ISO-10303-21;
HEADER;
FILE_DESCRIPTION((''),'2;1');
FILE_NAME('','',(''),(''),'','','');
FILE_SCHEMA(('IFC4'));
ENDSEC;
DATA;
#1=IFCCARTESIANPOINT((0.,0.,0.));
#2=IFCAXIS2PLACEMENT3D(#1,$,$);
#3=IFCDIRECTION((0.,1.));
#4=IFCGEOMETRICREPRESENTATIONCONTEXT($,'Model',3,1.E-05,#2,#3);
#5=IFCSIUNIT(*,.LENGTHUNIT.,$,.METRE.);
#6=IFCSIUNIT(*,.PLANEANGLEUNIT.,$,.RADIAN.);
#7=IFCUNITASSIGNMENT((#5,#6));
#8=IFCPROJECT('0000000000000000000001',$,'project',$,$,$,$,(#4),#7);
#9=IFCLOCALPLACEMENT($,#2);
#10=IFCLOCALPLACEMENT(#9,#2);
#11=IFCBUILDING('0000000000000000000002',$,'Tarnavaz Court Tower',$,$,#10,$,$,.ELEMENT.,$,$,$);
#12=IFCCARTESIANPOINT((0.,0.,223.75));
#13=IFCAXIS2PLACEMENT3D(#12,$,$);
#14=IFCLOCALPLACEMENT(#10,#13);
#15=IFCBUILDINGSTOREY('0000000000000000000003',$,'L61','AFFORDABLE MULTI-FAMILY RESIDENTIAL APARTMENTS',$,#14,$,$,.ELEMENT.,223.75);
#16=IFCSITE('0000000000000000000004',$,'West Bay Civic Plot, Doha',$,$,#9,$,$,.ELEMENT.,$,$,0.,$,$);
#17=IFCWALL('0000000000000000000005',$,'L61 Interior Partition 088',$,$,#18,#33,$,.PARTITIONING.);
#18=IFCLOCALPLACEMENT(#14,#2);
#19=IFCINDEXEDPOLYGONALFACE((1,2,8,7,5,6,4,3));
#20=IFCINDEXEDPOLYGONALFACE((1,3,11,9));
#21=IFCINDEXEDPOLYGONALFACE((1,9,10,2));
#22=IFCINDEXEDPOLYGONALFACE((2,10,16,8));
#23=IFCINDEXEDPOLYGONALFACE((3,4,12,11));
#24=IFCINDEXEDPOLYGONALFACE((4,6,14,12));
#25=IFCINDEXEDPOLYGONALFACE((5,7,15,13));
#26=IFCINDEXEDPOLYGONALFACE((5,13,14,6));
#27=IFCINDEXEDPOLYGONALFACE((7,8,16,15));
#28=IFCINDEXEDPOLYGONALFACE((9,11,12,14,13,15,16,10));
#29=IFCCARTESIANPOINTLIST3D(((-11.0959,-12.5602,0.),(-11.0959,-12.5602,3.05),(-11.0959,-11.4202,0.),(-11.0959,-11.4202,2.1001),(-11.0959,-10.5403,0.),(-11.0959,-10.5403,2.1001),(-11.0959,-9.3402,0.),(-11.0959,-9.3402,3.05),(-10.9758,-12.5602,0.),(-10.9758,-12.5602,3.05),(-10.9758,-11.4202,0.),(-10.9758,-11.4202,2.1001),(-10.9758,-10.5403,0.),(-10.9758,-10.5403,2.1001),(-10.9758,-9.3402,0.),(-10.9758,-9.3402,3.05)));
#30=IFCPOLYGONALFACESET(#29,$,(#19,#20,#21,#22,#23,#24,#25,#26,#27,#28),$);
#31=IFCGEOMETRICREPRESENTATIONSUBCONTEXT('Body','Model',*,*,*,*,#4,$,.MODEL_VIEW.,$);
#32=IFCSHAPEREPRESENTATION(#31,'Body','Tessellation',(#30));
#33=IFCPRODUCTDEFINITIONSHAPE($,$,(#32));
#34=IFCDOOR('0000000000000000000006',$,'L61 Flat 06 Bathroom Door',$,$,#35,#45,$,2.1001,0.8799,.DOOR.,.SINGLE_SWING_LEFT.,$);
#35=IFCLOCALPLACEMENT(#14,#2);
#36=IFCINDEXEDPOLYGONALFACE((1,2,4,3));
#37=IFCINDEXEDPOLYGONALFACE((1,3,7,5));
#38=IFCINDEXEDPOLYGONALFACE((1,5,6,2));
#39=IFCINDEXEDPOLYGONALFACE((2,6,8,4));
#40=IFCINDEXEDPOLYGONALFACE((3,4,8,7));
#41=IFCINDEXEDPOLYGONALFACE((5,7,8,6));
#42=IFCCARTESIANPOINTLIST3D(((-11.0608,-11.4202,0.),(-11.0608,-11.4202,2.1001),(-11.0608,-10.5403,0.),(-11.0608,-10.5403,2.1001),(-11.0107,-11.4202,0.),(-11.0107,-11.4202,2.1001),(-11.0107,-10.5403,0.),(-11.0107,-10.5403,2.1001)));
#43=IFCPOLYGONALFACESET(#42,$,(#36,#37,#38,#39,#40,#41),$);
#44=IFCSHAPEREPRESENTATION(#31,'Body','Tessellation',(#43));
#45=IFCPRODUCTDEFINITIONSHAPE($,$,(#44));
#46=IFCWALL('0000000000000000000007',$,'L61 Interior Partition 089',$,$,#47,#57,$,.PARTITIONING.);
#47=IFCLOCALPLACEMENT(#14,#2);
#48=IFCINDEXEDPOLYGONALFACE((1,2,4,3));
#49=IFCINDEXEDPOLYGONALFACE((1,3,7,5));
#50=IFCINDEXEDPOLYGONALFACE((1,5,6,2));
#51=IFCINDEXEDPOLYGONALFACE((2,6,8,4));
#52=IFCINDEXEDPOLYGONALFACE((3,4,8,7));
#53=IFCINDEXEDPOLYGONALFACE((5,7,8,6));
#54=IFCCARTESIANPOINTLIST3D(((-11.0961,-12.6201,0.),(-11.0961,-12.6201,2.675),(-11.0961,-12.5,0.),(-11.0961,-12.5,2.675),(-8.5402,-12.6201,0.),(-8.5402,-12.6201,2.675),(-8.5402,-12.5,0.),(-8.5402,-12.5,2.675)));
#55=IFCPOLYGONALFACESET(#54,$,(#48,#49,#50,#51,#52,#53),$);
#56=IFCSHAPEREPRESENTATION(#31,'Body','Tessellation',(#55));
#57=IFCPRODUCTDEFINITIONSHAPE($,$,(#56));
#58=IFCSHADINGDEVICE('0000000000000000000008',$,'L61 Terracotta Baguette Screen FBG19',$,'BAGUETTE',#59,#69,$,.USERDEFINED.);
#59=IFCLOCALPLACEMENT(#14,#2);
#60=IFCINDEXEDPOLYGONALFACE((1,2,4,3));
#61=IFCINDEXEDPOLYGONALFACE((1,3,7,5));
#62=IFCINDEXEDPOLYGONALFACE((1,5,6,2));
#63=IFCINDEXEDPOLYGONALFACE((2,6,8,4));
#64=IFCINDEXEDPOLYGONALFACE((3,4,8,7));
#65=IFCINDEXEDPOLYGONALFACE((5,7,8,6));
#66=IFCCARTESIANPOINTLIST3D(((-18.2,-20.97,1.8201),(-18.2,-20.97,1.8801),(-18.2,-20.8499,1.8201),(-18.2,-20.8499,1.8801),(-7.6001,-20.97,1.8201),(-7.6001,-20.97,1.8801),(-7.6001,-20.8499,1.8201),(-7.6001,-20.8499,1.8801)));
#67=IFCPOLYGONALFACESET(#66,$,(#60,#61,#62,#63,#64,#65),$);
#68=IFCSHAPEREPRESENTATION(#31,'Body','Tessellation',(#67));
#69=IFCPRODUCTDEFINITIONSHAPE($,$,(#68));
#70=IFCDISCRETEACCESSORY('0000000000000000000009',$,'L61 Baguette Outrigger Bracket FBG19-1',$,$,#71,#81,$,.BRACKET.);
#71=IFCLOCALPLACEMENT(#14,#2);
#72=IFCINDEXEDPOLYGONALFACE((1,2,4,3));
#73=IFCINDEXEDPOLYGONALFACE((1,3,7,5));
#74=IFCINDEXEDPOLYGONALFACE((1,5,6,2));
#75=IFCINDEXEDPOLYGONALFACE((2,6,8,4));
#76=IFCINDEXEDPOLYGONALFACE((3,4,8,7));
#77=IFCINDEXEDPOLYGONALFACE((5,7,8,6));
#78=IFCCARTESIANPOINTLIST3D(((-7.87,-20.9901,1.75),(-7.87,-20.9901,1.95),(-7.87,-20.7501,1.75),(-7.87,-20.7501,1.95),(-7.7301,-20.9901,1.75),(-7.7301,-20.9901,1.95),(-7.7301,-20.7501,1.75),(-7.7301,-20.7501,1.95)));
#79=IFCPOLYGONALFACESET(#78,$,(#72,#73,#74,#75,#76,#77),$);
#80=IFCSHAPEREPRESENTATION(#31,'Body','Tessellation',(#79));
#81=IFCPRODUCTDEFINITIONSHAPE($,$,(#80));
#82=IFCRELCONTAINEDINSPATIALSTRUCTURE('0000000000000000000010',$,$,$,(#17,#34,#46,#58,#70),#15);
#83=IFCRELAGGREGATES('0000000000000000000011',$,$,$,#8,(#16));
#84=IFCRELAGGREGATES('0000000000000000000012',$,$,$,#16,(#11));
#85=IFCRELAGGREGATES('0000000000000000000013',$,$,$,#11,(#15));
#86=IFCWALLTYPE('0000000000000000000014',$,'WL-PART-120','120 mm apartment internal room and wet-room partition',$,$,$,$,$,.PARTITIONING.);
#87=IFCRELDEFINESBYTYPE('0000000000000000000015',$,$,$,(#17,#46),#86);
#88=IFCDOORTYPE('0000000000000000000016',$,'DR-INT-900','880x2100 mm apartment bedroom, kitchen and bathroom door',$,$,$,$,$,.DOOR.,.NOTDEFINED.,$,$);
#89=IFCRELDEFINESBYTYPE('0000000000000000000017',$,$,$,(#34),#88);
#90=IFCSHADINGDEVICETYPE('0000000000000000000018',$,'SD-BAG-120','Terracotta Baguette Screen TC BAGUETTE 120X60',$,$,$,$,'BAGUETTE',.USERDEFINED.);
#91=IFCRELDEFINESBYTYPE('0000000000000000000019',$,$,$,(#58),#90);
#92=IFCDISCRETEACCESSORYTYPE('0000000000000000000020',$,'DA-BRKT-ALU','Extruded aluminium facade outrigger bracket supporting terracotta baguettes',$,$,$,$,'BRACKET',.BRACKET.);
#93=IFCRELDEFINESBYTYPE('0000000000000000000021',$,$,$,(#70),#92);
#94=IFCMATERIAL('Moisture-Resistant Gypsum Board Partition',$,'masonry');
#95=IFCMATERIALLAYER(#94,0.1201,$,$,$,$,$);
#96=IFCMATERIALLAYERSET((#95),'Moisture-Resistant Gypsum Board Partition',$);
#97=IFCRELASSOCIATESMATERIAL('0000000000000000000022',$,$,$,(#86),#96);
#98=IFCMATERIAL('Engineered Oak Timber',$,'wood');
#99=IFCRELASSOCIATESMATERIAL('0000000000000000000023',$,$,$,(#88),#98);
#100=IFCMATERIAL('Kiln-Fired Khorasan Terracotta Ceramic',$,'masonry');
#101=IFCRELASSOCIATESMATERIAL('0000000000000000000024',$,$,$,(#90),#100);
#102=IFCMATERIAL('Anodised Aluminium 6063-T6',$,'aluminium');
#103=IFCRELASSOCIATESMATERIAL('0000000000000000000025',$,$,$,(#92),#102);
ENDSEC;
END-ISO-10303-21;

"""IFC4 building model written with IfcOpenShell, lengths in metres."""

from ifc_helpers import new_model, si_unit, direction, frame, frame_2d, origin, origin_2d, place, context, subcontext, project, spatial, rectangle, extrude, material, layer, layer_set, material_profile, profile_set, type_object, element, fill, save


model = new_model("IFC4")

# Units and contexts
model_context = context("Model", 3, precision=1e-05, world=origin(), true_north=direction((0.0, 1.0)))
body_context = subcontext(model_context, "Body", "Model", "MODEL_VIEW")
ifc_project = project(units=[si_unit("LENGTHUNIT", "METRE"), si_unit("PLANEANGLEUNIT", "RADIAN")], contexts=[model_context])

# Site, building, storey
site_placement = place(None, origin())
site = spatial("IfcSite", under=ifc_project, at=site_placement, Name="West Bay Civic Plot, Doha", CompositionType="ELEMENT", RefElevation=0.0)
building_placement = place(site_placement, origin())
building = spatial("IfcBuilding", under=site, at=building_placement, Name="Tarnavaz Court Tower", CompositionType="ELEMENT")
storey_placement = place(building_placement, frame((0.0, 0.0, 223.75)))
storey = spatial("IfcBuildingStorey", under=building, at=storey_placement, Name="L61", Description="AFFORDABLE MULTI-FAMILY RESIDENTIAL APARTMENTS", CompositionType="ELEMENT", Elevation=223.75)

# Wall, opening, door
ifc_material_1 = material(Name="Moisture-Resistant Gypsum Board Partition", Category="masonry")
ifc_layer_1 = layer(ifc_material_1, 0.1201)
ifc_layer_set_1 = layer_set([ifc_layer_1], Name="Moisture-Resistant Gypsum Board Partition")
wall_type_1 = type_object("IfcWallType", Name="WL-PART-120", Description="120 mm apartment internal room and wet-room partition", PredefinedType="PARTITIONING", material=ifc_layer_set_1)
ifc_material_2 = material(Name="Engineered Oak Timber", Category="wood")
door_type = type_object("IfcDoorType", Name="DR-INT-900", Description="880x2100 mm apartment bedroom, kitchen and bathroom door", OperationType="NOTDEFINED", PredefinedType="DOOR", material=ifc_material_2)
wall_1_placement = place(storey_placement, frame((-11.0359, -12.5601, 0.0), z_axis=(0.0, 0.0, 1.0), x_axis=(0.0, 1.0, 0.0)))
wall_1 = element("IfcWall", 1, at=wall_1_placement, inside=storey, type_object=wall_type_1, Name="L61 Interior Partition 088", PredefinedType="PARTITIONING", context=body_context, shape_type="SweptSolid", body=[
    extrude(rectangle(XDim=3.22, YDim=0.1201, at=frame_2d((1.6099, 0.0))), origin(), (0.0, 0.0, 1.0), 3.05),
])
opening_1_placement = place(wall_1_placement, frame((1.1399, 0.0, 0.0)))
opening_1 = element("IfcOpeningElement", 2, at=opening_1_placement, cuts=wall_1, PredefinedType="OPENING", context=body_context, shape_type="SweptSolid", body=[
    extrude(rectangle(XDim=0.8799, YDim=2.1001, at=frame_2d((0.4399, 1.05))), frame((0.0, 0.0701, 0.0), z_axis=(0.0, -1.0, 0.0), x_axis=(1.0, 0.0, 0.0)), (0.0, 0.0, 1.0), 0.1401),
])
door_1_placement = place(opening_1_placement, origin())
door_1 = element("IfcDoor", 3, at=door_1_placement, inside=storey, type_object=door_type, Name="L61 Flat 06 Bathroom Door", OperationType="SINGLE_SWING_LEFT", OverallHeight=2.1001, OverallWidth=0.8799, PredefinedType="DOOR", context=body_context, shape_type="SweptSolid", body=[
    extrude(rectangle(XDim=0.8799, YDim=2.1001, at=frame_2d((0.4399, 1.05))), frame((0.0, 0.0249, 0.0), z_axis=(0.0, -1.0, 0.0), x_axis=(1.0, 0.0, 0.0)), (0.0, 0.0, 1.0), 0.05),
])
fill(opening_1, door_1)

# Wall
wall_2_placement = place(storey_placement, frame((-11.0959, -12.5601, 0.0), z_axis=(0.0, 0.0, 1.0), x_axis=(1.0, 0.0, 0.0)))
element("IfcWall", 4, at=wall_2_placement, inside=storey, type_object=wall_type_1, Name="L61 Interior Partition 089", PredefinedType="PARTITIONING", context=body_context, shape_type="SweptSolid", body=[
    extrude(rectangle(XDim=2.5559, YDim=0.1201, at=frame_2d((1.2778, 0.0))), origin(), (0.0, 0.0, 1.0), 2.675),
])

# Shading device
ifc_material_3 = material(Name="Kiln-Fired Khorasan Terracotta Ceramic", Category="masonry")
ifc_material_profile_1 = material_profile(ifc_material_3, rectangle(XDim=0.1201, YDim=0.0601, at=origin_2d()), Name="TC BAGUETTE 120X60")
ifc_profile_set_1 = profile_set([ifc_material_profile_1], Name="Kiln-Fired Khorasan Terracotta Ceramic")
shading_device_type = type_object("IfcShadingDeviceType", Name="SD-BAG-120", Description="Terracotta Baguette Screen TC BAGUETTE 120X60", ElementType="BAGUETTE", PredefinedType="USERDEFINED", material=ifc_profile_set_1)
shading_device_placement = place(storey_placement, frame((-7.6001, -20.9099, 1.8501), z_axis=(-1.0, 0.0, 0.0), x_axis=(0.0, -1.0, 0.0)))
element("IfcShadingDevice", 5, at=shading_device_placement, inside=storey, type_object=shading_device_type, Name="L61 Terracotta Baguette Screen FBG19", ObjectType="BAGUETTE", PredefinedType="USERDEFINED", context=body_context, shape_type="SweptSolid", body=[
    extrude(rectangle(XDim=0.1201, YDim=0.0601, at=origin_2d()), origin(), (0.0, 0.0, 1.0), 10.5999),
])

# Discrete accessory
ifc_material_4 = material(Name="Anodised Aluminium 6063-T6", Category="aluminium")
discrete_accessory_type = type_object("IfcDiscreteAccessoryType", Name="DA-BRKT-ALU", Description="Extruded aluminium facade outrigger bracket supporting terracotta baguettes", ElementType="BRACKET", PredefinedType="BRACKET", material=ifc_material_4)
discrete_accessory_placement = place(storey_placement, frame((-7.8, -20.8701, 1.75), z_axis=(0.0, 0.0, 1.0), x_axis=(-1.0, 0.0, 0.0)))
element("IfcDiscreteAccessory", 6, at=discrete_accessory_placement, inside=storey, type_object=discrete_accessory_type, Name="L61 Baguette Outrigger Bracket FBG19-1", PredefinedType="BRACKET", context=body_context, shape_type="SweptSolid", body=[
    extrude(rectangle(XDim=0.1399, YDim=0.24, at=origin_2d()), origin(), (0.0, 0.0, 1.0), 0.2),
])

save(model, "model.ifc")
